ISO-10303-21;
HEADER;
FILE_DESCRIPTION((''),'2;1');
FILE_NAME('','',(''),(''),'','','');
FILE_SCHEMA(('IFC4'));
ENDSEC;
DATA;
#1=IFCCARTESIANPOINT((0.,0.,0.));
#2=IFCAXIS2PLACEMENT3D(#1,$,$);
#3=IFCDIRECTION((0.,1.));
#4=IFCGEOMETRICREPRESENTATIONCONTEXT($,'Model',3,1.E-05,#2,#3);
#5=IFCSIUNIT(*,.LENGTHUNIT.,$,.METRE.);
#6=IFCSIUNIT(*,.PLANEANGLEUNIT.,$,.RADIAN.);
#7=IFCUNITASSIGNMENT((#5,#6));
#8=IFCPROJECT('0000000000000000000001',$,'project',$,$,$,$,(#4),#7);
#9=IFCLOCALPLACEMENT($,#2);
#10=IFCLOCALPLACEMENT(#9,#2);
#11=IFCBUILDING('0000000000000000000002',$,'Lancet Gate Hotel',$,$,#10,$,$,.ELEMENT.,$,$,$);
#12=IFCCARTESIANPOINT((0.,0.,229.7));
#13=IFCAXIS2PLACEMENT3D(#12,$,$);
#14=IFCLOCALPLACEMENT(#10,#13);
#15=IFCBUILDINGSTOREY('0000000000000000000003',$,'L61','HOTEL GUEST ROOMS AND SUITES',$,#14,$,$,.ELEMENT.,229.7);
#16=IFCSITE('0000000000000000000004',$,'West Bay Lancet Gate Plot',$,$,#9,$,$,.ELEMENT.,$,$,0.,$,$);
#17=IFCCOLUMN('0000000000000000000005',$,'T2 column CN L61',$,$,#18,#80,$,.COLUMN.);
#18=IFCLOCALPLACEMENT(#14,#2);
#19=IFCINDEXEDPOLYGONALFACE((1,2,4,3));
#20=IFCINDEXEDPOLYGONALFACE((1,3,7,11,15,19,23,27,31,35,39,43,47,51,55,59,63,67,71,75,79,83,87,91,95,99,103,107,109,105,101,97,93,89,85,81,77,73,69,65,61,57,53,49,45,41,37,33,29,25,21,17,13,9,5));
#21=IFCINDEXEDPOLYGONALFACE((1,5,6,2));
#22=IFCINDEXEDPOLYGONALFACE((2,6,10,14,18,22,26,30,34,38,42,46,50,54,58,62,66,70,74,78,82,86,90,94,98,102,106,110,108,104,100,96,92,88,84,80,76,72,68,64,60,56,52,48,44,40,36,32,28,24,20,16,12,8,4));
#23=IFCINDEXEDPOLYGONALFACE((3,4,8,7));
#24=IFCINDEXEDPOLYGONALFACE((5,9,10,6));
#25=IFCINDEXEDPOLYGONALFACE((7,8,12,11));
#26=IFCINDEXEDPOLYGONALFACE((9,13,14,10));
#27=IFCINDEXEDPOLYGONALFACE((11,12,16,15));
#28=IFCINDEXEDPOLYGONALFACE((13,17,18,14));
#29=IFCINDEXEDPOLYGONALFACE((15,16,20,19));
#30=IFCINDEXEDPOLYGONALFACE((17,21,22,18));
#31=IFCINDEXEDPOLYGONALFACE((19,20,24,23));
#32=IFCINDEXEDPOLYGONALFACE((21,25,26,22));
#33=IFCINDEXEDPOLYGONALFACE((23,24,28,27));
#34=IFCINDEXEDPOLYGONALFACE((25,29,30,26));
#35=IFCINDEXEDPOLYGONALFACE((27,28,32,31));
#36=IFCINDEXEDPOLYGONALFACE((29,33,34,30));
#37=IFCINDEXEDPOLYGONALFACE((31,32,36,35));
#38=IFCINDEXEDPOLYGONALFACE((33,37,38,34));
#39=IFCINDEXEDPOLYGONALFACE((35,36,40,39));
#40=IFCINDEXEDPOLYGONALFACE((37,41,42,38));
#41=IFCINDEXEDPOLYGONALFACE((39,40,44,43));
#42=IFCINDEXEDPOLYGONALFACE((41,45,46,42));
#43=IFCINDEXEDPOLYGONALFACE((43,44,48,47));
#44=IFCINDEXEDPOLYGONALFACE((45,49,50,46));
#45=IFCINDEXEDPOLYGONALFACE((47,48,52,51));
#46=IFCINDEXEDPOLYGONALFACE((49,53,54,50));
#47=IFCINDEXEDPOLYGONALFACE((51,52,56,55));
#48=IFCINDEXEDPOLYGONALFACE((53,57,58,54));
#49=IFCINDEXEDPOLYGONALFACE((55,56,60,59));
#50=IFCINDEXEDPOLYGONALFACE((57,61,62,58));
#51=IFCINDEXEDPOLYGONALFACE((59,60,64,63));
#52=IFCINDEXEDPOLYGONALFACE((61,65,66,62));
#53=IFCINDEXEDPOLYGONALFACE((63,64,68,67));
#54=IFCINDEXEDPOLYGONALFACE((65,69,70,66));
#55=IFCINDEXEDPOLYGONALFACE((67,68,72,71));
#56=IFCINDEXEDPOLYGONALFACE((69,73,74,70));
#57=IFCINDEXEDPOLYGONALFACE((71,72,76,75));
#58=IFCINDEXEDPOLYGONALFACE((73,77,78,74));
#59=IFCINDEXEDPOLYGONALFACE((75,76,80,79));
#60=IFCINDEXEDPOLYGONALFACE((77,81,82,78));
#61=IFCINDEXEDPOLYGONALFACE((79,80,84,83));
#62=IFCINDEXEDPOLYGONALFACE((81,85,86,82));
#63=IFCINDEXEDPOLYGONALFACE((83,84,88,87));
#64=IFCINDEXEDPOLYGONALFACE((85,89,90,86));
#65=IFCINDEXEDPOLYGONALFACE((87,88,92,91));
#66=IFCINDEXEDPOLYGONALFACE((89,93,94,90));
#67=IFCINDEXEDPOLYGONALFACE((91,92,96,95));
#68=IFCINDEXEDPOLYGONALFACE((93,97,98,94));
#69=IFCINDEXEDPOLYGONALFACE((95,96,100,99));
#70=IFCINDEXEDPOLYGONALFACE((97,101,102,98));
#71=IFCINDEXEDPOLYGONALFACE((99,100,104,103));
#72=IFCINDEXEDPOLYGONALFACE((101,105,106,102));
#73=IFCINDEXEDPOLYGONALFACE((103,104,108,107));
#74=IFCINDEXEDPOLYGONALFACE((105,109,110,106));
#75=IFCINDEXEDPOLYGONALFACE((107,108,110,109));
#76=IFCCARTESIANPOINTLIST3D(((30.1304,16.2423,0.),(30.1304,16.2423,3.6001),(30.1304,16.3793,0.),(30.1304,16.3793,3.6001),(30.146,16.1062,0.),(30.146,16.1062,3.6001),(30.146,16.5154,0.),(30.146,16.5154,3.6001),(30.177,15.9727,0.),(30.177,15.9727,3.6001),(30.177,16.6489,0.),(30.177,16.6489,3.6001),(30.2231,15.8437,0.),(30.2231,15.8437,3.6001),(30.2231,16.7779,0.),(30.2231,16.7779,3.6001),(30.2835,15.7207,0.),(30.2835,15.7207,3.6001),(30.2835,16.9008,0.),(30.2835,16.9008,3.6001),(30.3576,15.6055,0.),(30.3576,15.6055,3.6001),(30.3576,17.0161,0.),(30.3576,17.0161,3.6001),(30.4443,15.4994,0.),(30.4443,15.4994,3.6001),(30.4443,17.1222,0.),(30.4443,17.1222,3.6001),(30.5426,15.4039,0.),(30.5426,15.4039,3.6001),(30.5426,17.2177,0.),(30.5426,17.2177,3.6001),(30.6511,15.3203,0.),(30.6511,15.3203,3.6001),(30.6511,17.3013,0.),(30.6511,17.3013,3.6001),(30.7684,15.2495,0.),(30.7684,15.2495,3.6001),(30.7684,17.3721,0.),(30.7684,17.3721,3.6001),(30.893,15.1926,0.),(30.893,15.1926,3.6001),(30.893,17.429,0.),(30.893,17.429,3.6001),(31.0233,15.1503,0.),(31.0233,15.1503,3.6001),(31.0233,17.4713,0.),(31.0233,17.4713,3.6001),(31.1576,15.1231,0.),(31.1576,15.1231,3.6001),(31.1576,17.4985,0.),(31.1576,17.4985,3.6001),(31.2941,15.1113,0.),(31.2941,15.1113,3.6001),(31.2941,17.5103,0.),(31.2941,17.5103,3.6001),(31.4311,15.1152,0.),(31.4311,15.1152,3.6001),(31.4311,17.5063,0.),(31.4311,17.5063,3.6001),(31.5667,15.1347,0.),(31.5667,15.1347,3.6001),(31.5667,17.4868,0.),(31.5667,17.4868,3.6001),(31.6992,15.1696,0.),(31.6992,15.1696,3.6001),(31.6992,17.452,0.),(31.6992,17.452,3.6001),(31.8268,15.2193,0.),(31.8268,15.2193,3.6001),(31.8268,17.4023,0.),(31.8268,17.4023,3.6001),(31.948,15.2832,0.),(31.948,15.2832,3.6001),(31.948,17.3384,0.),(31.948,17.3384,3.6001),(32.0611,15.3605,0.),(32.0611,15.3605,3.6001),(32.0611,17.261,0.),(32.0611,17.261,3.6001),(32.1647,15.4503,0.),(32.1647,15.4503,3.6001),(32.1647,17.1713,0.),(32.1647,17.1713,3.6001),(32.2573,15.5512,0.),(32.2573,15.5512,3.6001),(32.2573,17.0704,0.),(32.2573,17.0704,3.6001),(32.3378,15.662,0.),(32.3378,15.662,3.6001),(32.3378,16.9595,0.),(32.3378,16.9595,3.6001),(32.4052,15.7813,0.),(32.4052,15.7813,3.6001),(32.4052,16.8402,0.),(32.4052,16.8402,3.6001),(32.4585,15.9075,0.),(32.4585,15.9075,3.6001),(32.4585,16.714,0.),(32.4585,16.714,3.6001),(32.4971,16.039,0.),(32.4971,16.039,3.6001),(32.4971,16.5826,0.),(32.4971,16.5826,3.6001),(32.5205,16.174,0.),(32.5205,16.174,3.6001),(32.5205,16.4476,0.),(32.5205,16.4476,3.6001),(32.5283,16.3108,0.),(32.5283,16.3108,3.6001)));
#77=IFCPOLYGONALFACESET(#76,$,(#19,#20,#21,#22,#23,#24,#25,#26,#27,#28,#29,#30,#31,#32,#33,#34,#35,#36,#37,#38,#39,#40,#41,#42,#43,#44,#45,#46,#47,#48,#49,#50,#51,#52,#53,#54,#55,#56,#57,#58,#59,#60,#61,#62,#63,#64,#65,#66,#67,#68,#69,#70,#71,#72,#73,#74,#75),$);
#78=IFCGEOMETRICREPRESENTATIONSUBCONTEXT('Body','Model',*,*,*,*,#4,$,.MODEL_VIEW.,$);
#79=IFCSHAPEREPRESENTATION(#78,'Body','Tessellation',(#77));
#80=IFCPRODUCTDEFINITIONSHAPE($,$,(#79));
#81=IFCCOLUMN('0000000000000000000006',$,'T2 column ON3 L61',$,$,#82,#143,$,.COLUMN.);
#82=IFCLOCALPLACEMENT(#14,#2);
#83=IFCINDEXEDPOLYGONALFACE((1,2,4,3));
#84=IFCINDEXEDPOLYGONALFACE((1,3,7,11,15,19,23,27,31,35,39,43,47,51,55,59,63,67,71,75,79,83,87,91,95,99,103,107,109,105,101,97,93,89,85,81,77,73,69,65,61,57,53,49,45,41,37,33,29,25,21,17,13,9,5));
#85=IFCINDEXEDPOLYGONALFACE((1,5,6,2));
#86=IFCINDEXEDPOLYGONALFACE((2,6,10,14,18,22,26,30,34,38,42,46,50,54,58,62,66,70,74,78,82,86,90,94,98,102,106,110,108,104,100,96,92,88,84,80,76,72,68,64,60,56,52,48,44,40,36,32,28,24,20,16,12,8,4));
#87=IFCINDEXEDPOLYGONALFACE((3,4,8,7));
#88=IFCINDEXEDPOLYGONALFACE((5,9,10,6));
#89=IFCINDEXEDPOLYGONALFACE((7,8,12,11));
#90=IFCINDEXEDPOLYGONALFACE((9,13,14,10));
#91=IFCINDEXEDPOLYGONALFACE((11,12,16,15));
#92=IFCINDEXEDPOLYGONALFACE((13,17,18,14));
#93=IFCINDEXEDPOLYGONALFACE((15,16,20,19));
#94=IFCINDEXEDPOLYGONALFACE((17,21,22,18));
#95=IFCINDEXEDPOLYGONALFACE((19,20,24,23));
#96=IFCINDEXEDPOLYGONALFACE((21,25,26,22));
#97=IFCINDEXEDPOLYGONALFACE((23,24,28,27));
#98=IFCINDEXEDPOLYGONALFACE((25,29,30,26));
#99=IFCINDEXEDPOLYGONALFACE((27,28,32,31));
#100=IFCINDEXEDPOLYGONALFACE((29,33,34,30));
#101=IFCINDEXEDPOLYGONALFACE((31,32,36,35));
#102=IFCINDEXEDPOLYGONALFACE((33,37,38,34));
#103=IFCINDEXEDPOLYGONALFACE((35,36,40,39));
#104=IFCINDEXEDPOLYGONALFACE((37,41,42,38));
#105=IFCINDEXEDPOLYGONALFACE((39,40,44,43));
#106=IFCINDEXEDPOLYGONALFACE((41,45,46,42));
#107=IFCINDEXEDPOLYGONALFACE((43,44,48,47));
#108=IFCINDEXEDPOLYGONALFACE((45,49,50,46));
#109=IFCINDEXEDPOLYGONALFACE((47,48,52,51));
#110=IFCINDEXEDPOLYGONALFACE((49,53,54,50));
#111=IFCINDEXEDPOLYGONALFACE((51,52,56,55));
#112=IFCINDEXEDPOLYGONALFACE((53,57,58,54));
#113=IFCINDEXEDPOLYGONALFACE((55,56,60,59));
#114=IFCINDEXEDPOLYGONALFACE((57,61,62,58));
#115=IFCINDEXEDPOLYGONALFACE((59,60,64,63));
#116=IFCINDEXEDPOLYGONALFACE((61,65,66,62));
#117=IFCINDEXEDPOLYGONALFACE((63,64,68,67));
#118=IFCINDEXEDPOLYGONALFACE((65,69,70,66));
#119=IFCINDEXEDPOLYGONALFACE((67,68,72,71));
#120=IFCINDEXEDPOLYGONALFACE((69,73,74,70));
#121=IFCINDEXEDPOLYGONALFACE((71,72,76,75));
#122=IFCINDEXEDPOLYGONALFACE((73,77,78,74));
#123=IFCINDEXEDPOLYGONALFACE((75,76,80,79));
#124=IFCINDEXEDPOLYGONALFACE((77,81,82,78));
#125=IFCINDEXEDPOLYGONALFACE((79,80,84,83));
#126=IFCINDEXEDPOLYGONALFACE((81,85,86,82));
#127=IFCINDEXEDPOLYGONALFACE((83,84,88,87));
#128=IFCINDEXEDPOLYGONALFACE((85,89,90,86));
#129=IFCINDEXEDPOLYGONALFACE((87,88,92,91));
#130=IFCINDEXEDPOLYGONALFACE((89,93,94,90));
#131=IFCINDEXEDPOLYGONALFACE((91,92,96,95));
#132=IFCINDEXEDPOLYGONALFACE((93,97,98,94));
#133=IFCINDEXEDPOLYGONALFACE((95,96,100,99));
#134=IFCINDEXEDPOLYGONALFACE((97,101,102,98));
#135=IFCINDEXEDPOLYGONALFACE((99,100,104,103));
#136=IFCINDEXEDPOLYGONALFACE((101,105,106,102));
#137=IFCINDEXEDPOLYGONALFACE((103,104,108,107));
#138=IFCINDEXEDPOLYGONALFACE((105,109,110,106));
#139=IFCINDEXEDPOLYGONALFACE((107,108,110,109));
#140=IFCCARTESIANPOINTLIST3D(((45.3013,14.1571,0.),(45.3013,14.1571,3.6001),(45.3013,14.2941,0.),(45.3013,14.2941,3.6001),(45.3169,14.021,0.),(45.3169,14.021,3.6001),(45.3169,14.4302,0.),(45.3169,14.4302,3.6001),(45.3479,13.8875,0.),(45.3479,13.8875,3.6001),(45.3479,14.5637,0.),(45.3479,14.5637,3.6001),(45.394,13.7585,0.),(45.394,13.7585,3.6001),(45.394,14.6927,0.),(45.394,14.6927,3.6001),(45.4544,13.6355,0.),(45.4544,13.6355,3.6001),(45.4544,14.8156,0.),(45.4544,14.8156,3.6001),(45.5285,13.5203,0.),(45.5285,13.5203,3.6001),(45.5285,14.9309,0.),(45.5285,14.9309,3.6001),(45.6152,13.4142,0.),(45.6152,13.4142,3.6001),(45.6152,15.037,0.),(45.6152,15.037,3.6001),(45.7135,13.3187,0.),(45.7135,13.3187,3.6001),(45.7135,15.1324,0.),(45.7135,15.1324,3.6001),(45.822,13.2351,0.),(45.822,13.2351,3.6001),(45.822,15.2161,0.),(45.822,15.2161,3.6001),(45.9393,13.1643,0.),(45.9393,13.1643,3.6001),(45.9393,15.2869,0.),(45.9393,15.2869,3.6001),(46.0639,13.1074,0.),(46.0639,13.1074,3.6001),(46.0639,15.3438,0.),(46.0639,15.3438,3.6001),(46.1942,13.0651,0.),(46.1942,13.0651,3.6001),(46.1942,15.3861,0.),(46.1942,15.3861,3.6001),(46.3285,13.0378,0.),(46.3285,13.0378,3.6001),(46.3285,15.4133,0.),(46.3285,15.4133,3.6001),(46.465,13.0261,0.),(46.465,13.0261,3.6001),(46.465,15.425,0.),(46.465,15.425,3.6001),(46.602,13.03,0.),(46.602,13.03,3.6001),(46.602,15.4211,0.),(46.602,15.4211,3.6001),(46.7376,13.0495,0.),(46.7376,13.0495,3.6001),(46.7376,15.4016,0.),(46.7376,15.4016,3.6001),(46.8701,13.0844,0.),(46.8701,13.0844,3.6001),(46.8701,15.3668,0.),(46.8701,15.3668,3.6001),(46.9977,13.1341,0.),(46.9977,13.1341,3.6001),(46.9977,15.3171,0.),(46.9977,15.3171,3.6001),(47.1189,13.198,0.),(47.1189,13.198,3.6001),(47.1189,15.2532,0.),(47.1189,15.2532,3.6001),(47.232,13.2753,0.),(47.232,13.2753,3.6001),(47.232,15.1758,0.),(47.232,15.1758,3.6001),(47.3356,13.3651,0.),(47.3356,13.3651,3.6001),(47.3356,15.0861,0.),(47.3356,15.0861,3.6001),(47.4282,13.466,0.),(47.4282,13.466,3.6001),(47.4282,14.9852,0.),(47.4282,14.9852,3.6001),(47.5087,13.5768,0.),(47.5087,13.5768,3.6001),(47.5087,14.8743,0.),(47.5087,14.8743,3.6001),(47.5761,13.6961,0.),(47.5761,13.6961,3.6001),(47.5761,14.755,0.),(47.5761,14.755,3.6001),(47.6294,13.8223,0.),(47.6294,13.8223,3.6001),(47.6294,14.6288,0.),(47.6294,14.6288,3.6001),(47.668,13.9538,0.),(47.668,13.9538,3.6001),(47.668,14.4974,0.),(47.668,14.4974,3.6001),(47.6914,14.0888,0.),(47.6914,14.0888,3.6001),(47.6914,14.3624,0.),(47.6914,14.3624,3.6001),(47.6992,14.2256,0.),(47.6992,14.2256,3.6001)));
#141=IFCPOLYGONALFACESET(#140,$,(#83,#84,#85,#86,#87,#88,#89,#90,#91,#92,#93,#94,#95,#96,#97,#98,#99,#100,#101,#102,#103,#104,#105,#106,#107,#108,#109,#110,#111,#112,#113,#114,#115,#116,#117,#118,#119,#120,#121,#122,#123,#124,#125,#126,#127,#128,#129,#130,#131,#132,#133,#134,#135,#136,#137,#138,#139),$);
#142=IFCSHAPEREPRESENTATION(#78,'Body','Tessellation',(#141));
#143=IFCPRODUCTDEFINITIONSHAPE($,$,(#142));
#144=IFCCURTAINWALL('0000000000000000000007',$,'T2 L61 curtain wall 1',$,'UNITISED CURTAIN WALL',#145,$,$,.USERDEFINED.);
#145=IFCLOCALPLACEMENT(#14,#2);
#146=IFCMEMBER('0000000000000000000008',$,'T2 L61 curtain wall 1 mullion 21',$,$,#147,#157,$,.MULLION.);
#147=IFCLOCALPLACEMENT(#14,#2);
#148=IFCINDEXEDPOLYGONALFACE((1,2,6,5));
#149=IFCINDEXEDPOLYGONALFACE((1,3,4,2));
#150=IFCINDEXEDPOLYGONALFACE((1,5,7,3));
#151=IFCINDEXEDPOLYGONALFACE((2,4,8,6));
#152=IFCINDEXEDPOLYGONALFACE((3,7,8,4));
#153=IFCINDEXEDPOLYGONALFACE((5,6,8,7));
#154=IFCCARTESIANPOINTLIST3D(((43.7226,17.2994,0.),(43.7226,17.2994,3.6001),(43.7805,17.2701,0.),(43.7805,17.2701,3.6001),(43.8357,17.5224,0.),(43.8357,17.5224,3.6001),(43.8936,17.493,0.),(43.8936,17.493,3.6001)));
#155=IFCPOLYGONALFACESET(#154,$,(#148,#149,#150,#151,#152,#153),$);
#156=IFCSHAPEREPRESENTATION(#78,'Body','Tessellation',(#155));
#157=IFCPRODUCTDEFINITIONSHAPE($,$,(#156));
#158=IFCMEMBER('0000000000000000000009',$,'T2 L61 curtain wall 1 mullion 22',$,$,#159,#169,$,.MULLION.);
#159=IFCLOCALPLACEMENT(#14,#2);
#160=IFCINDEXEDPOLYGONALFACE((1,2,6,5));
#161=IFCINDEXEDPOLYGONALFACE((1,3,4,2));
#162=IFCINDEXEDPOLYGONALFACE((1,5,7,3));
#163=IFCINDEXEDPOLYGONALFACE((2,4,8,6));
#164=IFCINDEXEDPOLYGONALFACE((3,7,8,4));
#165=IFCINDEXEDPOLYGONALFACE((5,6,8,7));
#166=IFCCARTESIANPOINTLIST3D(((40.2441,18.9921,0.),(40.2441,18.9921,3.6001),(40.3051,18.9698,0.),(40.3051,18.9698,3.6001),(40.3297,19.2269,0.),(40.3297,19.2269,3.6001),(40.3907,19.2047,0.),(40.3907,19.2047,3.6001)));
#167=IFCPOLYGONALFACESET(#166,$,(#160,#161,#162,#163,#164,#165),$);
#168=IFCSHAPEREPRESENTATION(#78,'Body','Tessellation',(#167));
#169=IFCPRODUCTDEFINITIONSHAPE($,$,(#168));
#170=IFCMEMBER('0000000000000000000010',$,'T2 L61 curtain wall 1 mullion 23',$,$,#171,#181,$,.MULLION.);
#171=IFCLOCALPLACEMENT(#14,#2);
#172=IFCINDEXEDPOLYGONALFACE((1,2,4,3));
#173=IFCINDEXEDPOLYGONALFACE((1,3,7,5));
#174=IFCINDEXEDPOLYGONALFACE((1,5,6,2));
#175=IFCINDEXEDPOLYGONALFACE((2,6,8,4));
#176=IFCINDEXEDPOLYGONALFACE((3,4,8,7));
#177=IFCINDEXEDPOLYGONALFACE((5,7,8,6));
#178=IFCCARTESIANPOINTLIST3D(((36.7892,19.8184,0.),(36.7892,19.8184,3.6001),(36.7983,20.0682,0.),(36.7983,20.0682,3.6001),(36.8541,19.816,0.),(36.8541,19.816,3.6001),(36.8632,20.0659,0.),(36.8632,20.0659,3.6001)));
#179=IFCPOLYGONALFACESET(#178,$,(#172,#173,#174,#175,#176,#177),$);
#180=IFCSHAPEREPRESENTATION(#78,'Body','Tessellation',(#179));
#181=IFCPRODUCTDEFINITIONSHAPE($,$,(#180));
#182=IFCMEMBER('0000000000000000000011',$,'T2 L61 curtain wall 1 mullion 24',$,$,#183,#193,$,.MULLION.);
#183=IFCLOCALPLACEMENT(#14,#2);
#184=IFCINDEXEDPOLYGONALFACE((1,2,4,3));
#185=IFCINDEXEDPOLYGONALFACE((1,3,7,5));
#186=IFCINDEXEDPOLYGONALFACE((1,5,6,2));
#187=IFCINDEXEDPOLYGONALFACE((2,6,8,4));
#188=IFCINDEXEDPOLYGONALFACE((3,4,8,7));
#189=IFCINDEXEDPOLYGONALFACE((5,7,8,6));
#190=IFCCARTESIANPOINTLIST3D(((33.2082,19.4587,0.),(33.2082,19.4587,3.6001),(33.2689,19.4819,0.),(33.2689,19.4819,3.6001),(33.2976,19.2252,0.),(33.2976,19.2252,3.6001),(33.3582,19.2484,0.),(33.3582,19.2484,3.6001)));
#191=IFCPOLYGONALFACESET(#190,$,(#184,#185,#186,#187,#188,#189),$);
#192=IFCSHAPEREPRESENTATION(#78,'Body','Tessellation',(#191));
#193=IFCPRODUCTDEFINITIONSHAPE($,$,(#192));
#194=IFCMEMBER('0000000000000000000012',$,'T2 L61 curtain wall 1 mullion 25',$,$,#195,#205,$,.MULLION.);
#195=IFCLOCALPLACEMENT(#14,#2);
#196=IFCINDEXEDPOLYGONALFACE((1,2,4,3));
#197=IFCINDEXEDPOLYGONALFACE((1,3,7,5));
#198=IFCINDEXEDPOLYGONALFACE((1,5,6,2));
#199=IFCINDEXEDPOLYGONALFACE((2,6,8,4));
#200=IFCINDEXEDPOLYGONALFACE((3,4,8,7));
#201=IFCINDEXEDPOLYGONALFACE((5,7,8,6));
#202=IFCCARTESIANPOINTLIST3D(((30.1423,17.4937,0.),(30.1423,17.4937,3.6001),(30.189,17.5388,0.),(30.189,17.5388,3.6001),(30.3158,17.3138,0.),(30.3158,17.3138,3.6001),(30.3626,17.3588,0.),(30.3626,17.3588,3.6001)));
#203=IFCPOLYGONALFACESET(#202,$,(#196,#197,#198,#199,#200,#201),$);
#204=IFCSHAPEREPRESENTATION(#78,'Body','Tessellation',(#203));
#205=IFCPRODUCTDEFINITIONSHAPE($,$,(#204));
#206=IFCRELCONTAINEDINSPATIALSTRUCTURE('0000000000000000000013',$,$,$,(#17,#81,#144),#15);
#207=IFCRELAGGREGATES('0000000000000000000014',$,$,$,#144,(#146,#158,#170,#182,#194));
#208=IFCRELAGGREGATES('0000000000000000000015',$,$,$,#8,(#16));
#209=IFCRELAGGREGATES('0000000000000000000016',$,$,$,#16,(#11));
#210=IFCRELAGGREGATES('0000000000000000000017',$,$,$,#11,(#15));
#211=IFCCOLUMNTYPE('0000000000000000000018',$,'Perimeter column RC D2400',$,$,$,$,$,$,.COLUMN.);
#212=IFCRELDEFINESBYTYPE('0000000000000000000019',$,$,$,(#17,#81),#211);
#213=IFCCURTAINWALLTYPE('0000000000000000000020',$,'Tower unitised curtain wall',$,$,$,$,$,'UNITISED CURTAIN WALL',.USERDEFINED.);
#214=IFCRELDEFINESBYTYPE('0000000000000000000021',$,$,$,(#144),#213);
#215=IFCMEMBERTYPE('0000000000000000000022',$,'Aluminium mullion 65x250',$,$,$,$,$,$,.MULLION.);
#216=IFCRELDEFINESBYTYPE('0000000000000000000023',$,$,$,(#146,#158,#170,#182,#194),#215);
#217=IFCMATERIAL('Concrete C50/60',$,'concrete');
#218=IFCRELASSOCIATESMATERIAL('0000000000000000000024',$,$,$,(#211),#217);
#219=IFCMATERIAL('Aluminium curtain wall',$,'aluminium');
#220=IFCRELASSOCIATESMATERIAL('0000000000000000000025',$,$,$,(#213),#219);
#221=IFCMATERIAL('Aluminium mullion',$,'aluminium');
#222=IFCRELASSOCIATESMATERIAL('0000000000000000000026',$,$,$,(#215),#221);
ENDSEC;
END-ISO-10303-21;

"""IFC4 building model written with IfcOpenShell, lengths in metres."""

from ifc_helpers import new_model, si_unit, direction, frame, origin, origin_2d, place, context, subcontext, project, spatial, rectangle, circle, extrude, material, material_profile, profile_set, type_object, element, aggregate, save


model = new_model("IFC4")

# Units and contexts
model_context = context("Model", 3, precision=1e-05, world=origin(), true_north=direction((0.0, 1.0)))
body_context = subcontext(model_context, "Body", "Model", "MODEL_VIEW")
ifc_project = project(units=[si_unit("LENGTHUNIT", "METRE"), si_unit("PLANEANGLEUNIT", "RADIAN")], contexts=[model_context])

# Site, building, storey
site_placement = place(None, origin())
site = spatial("IfcSite", under=ifc_project, at=site_placement, Name="West Bay Lancet Gate Plot", CompositionType="ELEMENT", RefElevation=0.0)
building_placement = place(site_placement, origin())
building = spatial("IfcBuilding", under=site, at=building_placement, Name="Lancet Gate Hotel", CompositionType="ELEMENT")
storey_placement = place(building_placement, frame((0.0, 0.0, 229.7)))
storey = spatial("IfcBuildingStorey", under=building, at=storey_placement, Name="L61", Description="HOTEL GUEST ROOMS AND SUITES", CompositionType="ELEMENT", Elevation=229.7)

# Columns
ifc_material_1 = material(Name="Concrete C50/60", Category="concrete")
ifc_material_profile_1 = material_profile(ifc_material_1, circle(Radius=1.2, at=origin_2d()), Name="RC D2400")
ifc_profile_set_1 = profile_set([ifc_material_profile_1], Name="Concrete C50/60")
column_type = type_object("IfcColumnType", Name="Perimeter column RC D2400", PredefinedType="COLUMN", material=ifc_profile_set_1)
for number, where, z_axis, x_axis, name in (
    (1, (31.3284, 16.3108, 0.0), (0.0, 0.0, 1.0), (1.0, 0.0, 0.0), "T2 column CN L61"),
    (2, (46.4993, 14.2256, 0.0), (0.0, 0.0, 1.0), (1.0, 0.0, 0.0), "T2 column ON3 L61"),
):
    element("IfcColumn", number, at=place(storey_placement, frame(where, z_axis=z_axis, x_axis=x_axis)), inside=storey, type_object=column_type, Name=name, PredefinedType="COLUMN", context=body_context, shape_type="SweptSolid", body=[
        extrude(circle(Radius=1.2, at=origin_2d()), origin(), (0.0, 0.0, 1.0), 3.6001),
    ])

# Curtain wall, members
ifc_material_2 = material(Name="Aluminium curtain wall", Category="aluminium")
curtain_wall_type = type_object("IfcCurtainWallType", Name="Tower unitised curtain wall", ElementType="UNITISED CURTAIN WALL", PredefinedType="USERDEFINED", material=ifc_material_2)
curtain_wall_placement = place(storey_placement, origin())
curtain_wall = element("IfcCurtainWall", 3, at=curtain_wall_placement, inside=storey, type_object=curtain_wall_type, Name="T2 L61 curtain wall 1", ObjectType="UNITISED CURTAIN WALL", PredefinedType="USERDEFINED")
ifc_material_3 = material(Name="Aluminium mullion", Category="aluminium")
ifc_material_profile_2 = material_profile(ifc_material_3, rectangle(XDim=0.0649, YDim=0.25, at=origin_2d()), Name="MULLION 65x250")
ifc_profile_set_2 = profile_set([ifc_material_profile_2], Name="Aluminium mullion")
member_type_1 = type_object("IfcMemberType", Name="Aluminium mullion 65x250", PredefinedType="MULLION", material=ifc_profile_set_2)
member_1_placement = place(storey_placement, frame((43.8081, 17.3962, 0.0), z_axis=(0.0, 0.0, 1.0), x_axis=(-0.891833, 0.452365, 0.0)))
member_1 = element("IfcMember", 4, at=member_1_placement, type_object=member_type_1, Name="T2 L61 curtain wall 1 mullion 21", PredefinedType="MULLION", context=body_context, shape_type="SweptSolid", body=[
    extrude(rectangle(XDim=0.0649, YDim=0.25, at=origin_2d()), origin(), (0.0, 0.0, 1.0), 3.6001),
])
member_2_placement = place(storey_placement, frame((40.3174, 19.0984, 0.0), z_axis=(0.0, 0.0, 1.0), x_axis=(-0.939484, 0.342593, 0.0)))
member_2 = element("IfcMember", 5, at=member_2_placement, type_object=member_type_1, Name="T2 L61 curtain wall 1 mullion 22", PredefinedType="MULLION", context=body_context, shape_type="SweptSolid", body=[
    extrude(rectangle(XDim=0.0649, YDim=0.25, at=origin_2d()), origin(), (0.0, 0.0, 1.0), 3.6001),
])
member_3_placement = place(storey_placement, frame((36.8262, 19.9421, 0.0), z_axis=(0.0, 0.0, 1.0), x_axis=(-0.999343, 0.03625, 0.0)))
member_3 = element("IfcMember", 6, at=member_3_placement, type_object=member_type_1, Name="T2 L61 curtain wall 1 mullion 23", PredefinedType="MULLION", context=body_context, shape_type="SweptSolid", body=[
    extrude(rectangle(XDim=0.0649, YDim=0.25, at=origin_2d()), origin(), (0.0, 0.0, 1.0), 3.6001),
])
member_4_placement = place(storey_placement, frame((33.2832, 19.3535, 0.0), z_axis=(0.0, 0.0, 1.0), x_axis=(-0.933943, -0.357421, 0.0)))
member_4 = element("IfcMember", 7, at=member_4_placement, type_object=member_type_1, Name="T2 L61 curtain wall 1 mullion 24", PredefinedType="MULLION", context=body_context, shape_type="SweptSolid", body=[
    extrude(rectangle(XDim=0.0649, YDim=0.25, at=origin_2d()), origin(), (0.0, 0.0, 1.0), 3.6001),
])
member_5_placement = place(storey_placement, frame((30.2524, 17.4263, 0.0), z_axis=(0.0, 0.0, 1.0), x_axis=(-0.719809, -0.694172, 0.0)))
member_5 = element("IfcMember", 8, at=member_5_placement, type_object=member_type_1, Name="T2 L61 curtain wall 1 mullion 25", PredefinedType="MULLION", context=body_context, shape_type="SweptSolid", body=[
    extrude(rectangle(XDim=0.0649, YDim=0.25, at=origin_2d()), origin(), (0.0, 0.0, 1.0), 3.6001),
])

aggregate(curtain_wall, [member_1, member_2, member_3, member_4, member_5])

save(model, "model.ifc")
